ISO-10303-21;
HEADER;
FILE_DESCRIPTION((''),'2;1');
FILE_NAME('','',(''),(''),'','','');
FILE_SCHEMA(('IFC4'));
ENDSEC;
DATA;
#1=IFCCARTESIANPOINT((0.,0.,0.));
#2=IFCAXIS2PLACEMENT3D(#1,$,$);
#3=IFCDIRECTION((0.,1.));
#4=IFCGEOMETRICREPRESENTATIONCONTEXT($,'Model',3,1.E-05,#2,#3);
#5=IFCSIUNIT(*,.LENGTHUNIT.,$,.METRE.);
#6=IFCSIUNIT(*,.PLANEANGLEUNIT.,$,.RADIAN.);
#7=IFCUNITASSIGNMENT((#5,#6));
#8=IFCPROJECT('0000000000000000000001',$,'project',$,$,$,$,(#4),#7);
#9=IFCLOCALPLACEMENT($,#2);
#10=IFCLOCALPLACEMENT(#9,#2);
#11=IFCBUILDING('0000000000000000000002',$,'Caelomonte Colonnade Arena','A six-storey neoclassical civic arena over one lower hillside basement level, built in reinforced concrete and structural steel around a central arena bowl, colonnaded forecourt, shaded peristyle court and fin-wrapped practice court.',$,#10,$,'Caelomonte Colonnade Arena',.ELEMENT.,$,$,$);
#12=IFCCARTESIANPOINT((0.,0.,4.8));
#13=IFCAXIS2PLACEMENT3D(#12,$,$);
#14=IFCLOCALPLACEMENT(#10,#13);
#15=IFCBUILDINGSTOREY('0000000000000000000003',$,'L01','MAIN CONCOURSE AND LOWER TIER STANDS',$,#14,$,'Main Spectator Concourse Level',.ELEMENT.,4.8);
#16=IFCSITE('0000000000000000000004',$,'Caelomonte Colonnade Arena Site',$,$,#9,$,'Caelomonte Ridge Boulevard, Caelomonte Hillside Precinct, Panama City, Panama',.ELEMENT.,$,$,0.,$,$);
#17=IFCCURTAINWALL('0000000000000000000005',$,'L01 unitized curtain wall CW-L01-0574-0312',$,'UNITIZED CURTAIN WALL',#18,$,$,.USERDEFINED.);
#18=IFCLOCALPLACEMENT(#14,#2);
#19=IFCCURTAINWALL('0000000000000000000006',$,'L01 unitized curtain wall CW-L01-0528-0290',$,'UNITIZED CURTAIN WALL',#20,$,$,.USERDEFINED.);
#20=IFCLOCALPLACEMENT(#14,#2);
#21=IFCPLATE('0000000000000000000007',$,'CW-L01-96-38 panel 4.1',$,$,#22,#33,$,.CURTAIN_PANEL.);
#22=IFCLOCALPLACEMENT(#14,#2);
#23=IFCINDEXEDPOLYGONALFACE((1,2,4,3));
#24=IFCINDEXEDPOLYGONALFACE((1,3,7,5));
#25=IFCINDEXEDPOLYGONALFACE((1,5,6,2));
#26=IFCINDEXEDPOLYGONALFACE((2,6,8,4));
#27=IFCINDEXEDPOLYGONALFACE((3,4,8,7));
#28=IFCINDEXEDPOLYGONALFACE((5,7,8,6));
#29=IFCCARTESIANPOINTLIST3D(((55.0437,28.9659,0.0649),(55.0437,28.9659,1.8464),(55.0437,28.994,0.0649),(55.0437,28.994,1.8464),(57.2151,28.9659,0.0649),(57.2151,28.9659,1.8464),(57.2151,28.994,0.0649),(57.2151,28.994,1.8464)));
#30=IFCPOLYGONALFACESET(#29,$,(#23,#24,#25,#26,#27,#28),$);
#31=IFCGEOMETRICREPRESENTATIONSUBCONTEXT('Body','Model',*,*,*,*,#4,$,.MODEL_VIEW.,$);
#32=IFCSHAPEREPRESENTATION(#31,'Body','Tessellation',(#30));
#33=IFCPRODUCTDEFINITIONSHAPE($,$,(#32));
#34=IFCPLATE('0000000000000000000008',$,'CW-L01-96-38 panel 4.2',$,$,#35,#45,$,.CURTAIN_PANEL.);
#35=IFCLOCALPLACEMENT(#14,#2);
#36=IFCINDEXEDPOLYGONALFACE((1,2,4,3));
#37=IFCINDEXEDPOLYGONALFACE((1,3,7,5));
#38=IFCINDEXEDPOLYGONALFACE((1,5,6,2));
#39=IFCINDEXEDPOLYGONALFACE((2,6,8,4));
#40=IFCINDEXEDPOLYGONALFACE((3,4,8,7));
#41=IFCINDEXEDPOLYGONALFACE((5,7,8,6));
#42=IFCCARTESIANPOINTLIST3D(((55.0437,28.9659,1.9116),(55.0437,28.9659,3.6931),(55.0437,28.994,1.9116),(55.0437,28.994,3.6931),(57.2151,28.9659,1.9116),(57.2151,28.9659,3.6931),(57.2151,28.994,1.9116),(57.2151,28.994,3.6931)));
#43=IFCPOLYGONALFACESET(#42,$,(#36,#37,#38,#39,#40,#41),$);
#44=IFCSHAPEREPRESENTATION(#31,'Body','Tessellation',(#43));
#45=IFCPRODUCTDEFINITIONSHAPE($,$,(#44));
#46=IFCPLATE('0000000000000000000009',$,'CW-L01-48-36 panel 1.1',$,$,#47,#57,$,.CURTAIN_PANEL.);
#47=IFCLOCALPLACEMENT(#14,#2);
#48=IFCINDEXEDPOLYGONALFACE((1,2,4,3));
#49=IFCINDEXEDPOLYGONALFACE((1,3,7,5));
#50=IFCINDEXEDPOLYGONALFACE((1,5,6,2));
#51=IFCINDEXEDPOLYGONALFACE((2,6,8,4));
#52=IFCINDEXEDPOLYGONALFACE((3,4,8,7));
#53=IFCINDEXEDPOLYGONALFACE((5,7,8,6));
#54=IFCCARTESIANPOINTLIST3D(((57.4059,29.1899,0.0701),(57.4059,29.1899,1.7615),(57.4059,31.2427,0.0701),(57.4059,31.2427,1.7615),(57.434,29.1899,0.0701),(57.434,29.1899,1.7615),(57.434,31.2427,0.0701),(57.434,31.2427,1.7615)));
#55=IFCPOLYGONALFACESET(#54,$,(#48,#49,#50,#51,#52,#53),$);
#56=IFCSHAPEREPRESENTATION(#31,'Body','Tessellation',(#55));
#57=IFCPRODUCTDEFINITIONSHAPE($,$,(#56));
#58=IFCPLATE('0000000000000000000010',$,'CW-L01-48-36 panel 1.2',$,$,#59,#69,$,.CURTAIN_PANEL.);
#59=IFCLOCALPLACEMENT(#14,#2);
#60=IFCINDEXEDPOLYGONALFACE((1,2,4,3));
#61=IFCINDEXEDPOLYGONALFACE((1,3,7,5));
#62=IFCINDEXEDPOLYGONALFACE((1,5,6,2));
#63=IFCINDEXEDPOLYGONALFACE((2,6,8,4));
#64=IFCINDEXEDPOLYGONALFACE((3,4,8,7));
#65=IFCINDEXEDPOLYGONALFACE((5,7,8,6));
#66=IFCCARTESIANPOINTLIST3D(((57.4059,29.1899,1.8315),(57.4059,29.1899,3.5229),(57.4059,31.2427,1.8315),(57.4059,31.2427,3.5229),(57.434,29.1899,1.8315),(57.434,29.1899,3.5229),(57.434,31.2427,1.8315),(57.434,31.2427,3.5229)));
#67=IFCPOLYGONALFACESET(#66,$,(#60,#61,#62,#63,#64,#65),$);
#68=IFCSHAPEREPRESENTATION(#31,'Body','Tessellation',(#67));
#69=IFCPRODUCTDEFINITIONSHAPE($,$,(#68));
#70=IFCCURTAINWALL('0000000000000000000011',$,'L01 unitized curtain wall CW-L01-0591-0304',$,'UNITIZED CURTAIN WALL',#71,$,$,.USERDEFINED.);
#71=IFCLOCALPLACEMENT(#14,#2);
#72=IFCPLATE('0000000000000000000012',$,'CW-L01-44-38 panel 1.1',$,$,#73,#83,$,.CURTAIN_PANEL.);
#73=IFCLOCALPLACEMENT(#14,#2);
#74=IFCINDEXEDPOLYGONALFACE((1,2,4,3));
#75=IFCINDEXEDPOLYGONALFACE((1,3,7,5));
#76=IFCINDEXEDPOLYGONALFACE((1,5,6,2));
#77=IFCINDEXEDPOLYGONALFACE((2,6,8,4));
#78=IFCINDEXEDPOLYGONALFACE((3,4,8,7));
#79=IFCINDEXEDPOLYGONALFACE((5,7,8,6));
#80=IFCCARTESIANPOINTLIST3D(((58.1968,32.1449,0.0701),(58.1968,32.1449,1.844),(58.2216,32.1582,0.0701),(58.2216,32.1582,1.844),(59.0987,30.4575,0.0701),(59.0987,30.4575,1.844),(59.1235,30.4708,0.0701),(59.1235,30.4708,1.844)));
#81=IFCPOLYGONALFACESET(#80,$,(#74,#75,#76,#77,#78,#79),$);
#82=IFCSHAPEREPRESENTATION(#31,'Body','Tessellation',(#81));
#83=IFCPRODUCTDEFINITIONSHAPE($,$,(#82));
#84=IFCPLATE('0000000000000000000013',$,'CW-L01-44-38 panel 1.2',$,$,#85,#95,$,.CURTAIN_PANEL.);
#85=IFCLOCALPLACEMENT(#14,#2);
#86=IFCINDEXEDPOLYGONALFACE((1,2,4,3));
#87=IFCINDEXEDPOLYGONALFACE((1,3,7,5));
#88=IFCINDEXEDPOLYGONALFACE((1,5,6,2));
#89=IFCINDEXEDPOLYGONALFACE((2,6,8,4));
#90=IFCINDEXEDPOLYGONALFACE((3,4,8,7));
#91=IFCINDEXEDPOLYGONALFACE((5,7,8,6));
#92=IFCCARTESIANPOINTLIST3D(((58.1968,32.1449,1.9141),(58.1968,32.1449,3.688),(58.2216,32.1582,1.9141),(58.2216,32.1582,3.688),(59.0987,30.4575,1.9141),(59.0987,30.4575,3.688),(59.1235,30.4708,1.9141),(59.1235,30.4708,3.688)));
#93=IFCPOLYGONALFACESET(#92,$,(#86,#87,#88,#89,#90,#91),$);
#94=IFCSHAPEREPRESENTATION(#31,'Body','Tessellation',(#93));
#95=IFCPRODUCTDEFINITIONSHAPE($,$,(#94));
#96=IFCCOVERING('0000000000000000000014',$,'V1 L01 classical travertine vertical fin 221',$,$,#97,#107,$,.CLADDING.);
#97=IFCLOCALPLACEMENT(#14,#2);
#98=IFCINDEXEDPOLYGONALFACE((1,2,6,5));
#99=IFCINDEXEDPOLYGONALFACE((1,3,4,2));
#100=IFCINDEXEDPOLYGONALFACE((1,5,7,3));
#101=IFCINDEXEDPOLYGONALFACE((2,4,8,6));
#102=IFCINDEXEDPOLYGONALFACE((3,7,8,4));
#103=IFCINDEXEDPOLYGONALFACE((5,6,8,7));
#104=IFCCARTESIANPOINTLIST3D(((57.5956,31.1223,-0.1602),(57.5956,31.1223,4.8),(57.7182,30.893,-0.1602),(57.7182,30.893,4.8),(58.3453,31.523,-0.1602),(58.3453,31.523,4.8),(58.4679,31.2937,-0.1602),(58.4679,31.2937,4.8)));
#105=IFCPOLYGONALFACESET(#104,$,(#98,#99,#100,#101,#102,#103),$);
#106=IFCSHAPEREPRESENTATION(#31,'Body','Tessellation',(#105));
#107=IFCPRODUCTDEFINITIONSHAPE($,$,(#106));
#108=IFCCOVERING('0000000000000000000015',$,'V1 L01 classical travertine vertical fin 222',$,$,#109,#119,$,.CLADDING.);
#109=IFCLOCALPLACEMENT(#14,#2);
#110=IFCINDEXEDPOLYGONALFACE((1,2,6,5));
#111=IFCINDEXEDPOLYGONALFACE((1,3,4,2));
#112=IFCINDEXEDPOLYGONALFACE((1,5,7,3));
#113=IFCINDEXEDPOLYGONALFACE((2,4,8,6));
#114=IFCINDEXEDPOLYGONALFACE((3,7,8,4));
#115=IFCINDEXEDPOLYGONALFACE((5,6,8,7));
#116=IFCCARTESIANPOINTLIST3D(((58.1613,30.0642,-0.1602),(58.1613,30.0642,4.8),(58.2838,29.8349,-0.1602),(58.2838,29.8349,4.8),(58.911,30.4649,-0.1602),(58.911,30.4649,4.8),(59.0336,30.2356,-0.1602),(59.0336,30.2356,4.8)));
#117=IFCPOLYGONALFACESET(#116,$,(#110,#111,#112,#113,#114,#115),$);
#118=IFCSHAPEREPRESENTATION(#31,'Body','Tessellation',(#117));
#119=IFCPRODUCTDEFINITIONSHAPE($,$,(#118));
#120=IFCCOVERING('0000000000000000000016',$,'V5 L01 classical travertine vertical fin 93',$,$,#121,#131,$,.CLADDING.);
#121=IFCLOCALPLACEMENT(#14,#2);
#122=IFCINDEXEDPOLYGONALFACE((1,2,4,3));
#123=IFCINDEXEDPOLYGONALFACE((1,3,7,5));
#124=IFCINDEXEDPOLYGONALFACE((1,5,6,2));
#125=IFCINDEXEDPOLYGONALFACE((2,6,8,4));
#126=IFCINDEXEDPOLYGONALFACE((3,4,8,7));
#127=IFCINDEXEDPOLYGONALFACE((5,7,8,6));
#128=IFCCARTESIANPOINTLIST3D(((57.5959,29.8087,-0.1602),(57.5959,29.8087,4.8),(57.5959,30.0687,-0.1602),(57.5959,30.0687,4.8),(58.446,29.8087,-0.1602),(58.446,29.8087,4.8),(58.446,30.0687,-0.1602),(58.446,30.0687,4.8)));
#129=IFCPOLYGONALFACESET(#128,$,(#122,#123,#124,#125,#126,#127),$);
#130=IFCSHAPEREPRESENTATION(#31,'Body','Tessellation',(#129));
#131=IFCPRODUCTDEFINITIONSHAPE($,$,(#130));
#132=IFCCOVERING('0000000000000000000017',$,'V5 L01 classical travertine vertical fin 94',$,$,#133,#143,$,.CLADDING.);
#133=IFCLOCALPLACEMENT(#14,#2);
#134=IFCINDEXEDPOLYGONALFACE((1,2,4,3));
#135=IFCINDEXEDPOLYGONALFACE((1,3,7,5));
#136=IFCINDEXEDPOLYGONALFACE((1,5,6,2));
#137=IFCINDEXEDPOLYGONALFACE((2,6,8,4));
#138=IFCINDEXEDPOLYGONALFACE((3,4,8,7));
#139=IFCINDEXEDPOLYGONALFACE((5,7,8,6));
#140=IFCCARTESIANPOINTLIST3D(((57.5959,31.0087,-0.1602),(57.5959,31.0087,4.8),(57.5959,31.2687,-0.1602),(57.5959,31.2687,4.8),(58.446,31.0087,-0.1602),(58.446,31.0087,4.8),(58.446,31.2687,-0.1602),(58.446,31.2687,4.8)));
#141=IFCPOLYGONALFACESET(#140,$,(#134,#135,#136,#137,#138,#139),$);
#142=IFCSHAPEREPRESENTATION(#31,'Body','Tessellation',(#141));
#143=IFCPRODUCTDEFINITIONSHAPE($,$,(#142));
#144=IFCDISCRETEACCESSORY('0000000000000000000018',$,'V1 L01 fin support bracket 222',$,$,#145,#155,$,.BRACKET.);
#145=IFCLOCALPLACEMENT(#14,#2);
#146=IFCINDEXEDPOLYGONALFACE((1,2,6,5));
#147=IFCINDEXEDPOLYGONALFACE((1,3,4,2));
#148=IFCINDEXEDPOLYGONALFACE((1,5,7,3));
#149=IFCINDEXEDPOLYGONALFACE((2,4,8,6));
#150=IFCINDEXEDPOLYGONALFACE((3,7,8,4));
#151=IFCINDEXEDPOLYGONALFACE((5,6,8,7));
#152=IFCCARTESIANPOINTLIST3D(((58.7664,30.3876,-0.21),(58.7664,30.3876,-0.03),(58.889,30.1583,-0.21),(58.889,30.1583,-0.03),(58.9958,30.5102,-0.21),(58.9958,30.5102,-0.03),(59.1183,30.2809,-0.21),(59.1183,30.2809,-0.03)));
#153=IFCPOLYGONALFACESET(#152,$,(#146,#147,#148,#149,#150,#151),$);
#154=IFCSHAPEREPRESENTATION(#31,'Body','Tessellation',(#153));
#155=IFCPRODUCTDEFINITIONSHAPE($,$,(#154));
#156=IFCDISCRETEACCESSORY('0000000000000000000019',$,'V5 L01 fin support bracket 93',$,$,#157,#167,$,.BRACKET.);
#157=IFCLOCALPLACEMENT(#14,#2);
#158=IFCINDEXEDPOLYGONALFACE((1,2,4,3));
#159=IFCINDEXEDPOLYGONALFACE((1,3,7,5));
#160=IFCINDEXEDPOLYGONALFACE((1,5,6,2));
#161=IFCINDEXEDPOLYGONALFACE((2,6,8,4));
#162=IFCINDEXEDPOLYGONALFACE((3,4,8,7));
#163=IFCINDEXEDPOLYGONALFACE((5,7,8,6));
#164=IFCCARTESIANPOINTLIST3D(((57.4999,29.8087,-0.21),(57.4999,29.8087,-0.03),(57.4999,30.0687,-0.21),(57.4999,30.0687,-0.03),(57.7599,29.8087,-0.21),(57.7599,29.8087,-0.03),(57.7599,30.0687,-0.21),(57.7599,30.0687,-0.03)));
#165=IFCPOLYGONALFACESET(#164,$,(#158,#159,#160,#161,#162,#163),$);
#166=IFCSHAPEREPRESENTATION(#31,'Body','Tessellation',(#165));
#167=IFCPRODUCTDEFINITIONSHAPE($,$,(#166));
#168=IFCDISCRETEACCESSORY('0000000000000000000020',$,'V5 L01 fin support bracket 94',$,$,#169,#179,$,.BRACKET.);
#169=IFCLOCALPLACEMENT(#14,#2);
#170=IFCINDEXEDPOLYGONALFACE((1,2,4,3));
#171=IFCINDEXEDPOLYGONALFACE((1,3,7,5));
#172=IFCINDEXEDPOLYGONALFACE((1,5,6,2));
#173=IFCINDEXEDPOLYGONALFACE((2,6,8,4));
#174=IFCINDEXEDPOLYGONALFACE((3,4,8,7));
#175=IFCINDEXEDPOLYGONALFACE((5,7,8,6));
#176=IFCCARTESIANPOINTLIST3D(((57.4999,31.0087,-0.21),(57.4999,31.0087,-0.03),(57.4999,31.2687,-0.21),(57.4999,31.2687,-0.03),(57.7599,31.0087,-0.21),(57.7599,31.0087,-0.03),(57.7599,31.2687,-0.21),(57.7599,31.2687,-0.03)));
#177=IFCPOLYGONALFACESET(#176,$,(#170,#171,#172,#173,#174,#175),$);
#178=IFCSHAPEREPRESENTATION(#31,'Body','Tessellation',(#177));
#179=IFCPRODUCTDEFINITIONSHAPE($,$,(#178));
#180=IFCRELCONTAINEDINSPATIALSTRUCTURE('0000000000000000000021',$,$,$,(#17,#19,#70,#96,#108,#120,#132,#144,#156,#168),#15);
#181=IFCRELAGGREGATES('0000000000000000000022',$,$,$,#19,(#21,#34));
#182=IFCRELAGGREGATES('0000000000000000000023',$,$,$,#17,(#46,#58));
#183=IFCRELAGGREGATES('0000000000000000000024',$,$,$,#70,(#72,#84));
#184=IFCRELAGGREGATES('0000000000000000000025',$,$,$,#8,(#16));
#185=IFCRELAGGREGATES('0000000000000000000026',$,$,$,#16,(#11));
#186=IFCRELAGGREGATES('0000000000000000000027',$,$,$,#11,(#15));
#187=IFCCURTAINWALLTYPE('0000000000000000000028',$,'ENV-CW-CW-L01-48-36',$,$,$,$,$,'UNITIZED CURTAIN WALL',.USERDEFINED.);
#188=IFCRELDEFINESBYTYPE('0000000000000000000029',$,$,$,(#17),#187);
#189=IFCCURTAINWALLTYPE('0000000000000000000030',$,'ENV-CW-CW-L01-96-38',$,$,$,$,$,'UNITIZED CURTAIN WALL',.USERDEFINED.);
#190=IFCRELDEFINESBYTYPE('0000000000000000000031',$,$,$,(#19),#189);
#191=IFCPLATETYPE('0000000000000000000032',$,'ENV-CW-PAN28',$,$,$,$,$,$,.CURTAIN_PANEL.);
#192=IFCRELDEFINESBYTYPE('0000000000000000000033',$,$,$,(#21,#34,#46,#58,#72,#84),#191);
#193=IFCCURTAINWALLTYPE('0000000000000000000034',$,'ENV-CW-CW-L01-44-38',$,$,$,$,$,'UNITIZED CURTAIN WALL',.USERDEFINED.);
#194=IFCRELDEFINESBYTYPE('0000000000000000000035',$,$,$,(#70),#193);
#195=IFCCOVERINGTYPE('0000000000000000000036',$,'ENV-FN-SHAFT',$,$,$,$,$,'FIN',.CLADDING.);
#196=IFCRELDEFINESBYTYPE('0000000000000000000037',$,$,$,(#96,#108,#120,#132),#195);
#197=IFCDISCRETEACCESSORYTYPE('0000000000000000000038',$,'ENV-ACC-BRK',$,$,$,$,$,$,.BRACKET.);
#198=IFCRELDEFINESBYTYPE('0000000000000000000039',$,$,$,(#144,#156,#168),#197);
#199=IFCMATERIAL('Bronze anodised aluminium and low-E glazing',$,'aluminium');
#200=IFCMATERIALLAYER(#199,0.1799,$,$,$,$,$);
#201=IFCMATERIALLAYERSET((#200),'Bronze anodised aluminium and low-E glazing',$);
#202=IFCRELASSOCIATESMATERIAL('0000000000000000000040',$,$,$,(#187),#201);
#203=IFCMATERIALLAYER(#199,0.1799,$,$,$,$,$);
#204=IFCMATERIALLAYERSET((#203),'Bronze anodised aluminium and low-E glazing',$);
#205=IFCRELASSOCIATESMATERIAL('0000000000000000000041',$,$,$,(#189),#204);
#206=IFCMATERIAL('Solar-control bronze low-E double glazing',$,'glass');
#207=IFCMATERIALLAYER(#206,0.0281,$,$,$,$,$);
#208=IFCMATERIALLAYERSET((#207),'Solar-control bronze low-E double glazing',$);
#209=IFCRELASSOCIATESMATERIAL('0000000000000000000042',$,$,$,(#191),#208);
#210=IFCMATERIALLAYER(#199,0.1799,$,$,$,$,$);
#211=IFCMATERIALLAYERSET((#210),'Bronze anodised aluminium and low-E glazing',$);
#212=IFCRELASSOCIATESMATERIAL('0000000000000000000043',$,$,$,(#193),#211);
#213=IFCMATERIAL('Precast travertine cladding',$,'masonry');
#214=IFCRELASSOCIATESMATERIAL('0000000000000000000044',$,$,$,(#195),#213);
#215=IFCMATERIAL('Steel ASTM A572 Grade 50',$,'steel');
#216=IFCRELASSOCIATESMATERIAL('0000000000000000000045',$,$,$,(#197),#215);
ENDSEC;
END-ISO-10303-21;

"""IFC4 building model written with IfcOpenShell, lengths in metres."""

from ifc_helpers import new_model, si_unit, direction, frame, origin, origin_2d, place, context, subcontext, project, spatial, rectangle, extrude, material, layer, layer_set, material_profile, profile_set, type_object, element, aggregate, save


model = new_model("IFC4")

# Units and contexts
model_context = context("Model", 3, precision=1e-05, world=origin(), true_north=direction((0.0, 1.0)))
body_context = subcontext(model_context, "Body", "Model", "MODEL_VIEW")
ifc_project = project(units=[si_unit("LENGTHUNIT", "METRE"), si_unit("PLANEANGLEUNIT", "RADIAN")], contexts=[model_context])

# Site, building, storey
site_placement = place(None, origin())
site = spatial("IfcSite", under=ifc_project, at=site_placement, Name="Caelomonte Colonnade Arena Site", LongName="Caelomonte Ridge Boulevard, Caelomonte Hillside Precinct, Panama City, Panama", CompositionType="ELEMENT", RefElevation=0.0)
building_placement = place(site_placement, origin())
building = spatial("IfcBuilding", under=site, at=building_placement, Name="Caelomonte Colonnade Arena", Description="A six-storey neoclassical civic arena over one lower hillside basement level, built in reinforced concrete and structural steel around a central arena bowl, colonnaded forecourt, shaded peristyle court and fin-wrapped practice court.", LongName="Caelomonte Colonnade Arena", CompositionType="ELEMENT")
storey_placement = place(building_placement, frame((0.0, 0.0, 4.8)))
storey = spatial("IfcBuildingStorey", under=building, at=storey_placement, Name="L01", Description="MAIN CONCOURSE AND LOWER TIER STANDS", LongName="Main Spectator Concourse Level", CompositionType="ELEMENT", Elevation=4.8)

# Curtain walls
ifc_material_1 = material(Name="Bronze anodised aluminium and low-E glazing", Category="aluminium")
ifc_layer_1 = layer(ifc_material_1, 0.1799)
ifc_layer_set_1 = layer_set([ifc_layer_1], Name="Bronze anodised aluminium and low-E glazing")
curtain_wall_type_1 = type_object("IfcCurtainWallType", Name="ENV-CW-CW-L01-48-36", ElementType="UNITIZED CURTAIN WALL", PredefinedType="USERDEFINED", material=ifc_layer_set_1)
curtain_wall_1_placement = place(storey_placement, origin())
curtain_wall_1 = element("IfcCurtainWall", 1, at=curtain_wall_1_placement, inside=storey, type_object=curtain_wall_type_1, Name="L01 unitized curtain wall CW-L01-0574-0312", ObjectType="UNITIZED CURTAIN WALL", PredefinedType="USERDEFINED")
ifc_layer_2 = layer(ifc_material_1, 0.1799)
ifc_layer_set_2 = layer_set([ifc_layer_2], Name="Bronze anodised aluminium and low-E glazing")
curtain_wall_type_2 = type_object("IfcCurtainWallType", Name="ENV-CW-CW-L01-96-38", ElementType="UNITIZED CURTAIN WALL", PredefinedType="USERDEFINED", material=ifc_layer_set_2)
curtain_wall_2_placement = place(storey_placement, origin())
curtain_wall_2 = element("IfcCurtainWall", 2, at=curtain_wall_2_placement, inside=storey, type_object=curtain_wall_type_2, Name="L01 unitized curtain wall CW-L01-0528-0290", ObjectType="UNITIZED CURTAIN WALL", PredefinedType="USERDEFINED")

# Plates
ifc_material_2 = material(Name="Solar-control bronze low-E double glazing", Category="glass")
ifc_layer_3 = layer(ifc_material_2, 0.0281)
ifc_layer_set_3 = layer_set([ifc_layer_3], Name="Solar-control bronze low-E double glazing")
plate_type = type_object("IfcPlateType", Name="ENV-CW-PAN28", PredefinedType="CURTAIN_PANEL", material=ifc_layer_set_3)
plate_1_placement = place(storey_placement, frame((56.1294, 28.98, 0.0649), z_axis=(0.0, 0.0, 1.0), x_axis=(1.0, 0.0, 0.0)))
plate_1 = element("IfcPlate", 3, at=plate_1_placement, type_object=plate_type, Name="CW-L01-96-38 panel 4.1", PredefinedType="CURTAIN_PANEL", context=body_context, shape_type="SweptSolid", body=[
    extrude(rectangle(XDim=2.1714, YDim=0.0281, at=origin_2d()), origin(), (0.0, 0.0, 1.0), 1.7815),
])
plate_2_placement = place(storey_placement, frame((56.1294, 28.98, 1.9116), z_axis=(0.0, 0.0, 1.0), x_axis=(1.0, 0.0, 0.0)))
plate_2 = element("IfcPlate", 4, at=plate_2_placement, type_object=plate_type, Name="CW-L01-96-38 panel 4.2", PredefinedType="CURTAIN_PANEL", context=body_context, shape_type="SweptSolid", body=[
    extrude(rectangle(XDim=2.1714, YDim=0.0281, at=origin_2d()), origin(), (0.0, 0.0, 1.0), 1.7815),
])
aggregate(curtain_wall_2, [plate_1, plate_2])
plate_3_placement = place(storey_placement, frame((57.4199, 30.2163, 0.0701), z_axis=(0.0, 0.0, 1.0), x_axis=(0.0, 1.0, 0.0)))
plate_3 = element("IfcPlate", 5, at=plate_3_placement, type_object=plate_type, Name="CW-L01-48-36 panel 1.1", PredefinedType="CURTAIN_PANEL", context=body_context, shape_type="SweptSolid", body=[
    extrude(rectangle(XDim=2.0527, YDim=0.0281, at=origin_2d()), origin(), (0.0, 0.0, 1.0), 1.6914),
])
plate_4_placement = place(storey_placement, frame((57.4199, 30.2163, 1.8315), z_axis=(0.0, 0.0, 1.0), x_axis=(0.0, 1.0, 0.0)))
plate_4 = element("IfcPlate", 6, at=plate_4_placement, type_object=plate_type, Name="CW-L01-48-36 panel 1.2", PredefinedType="CURTAIN_PANEL", context=body_context, shape_type="SweptSolid", body=[
    extrude(rectangle(XDim=2.0527, YDim=0.0281, at=origin_2d()), origin(), (0.0, 0.0, 1.0), 1.6914),
])
aggregate(curtain_wall_1, [plate_3, plate_4])

# Curtain wall, plates
ifc_layer_4 = layer(ifc_material_1, 0.1799)
ifc_layer_set_4 = layer_set([ifc_layer_4], Name="Bronze anodised aluminium and low-E glazing")
curtain_wall_type_3 = type_object("IfcCurtainWallType", Name="ENV-CW-CW-L01-44-38", ElementType="UNITIZED CURTAIN WALL", PredefinedType="USERDEFINED", material=ifc_layer_set_4)
curtain_wall_3_placement = place(storey_placement, origin())
curtain_wall_3 = element("IfcCurtainWall", 7, at=curtain_wall_3_placement, inside=storey, type_object=curtain_wall_type_3, Name="L01 unitized curtain wall CW-L01-0591-0304", ObjectType="UNITIZED CURTAIN WALL", PredefinedType="USERDEFINED")
plate_5_placement = place(storey_placement, frame((58.6602, 31.3079, 0.0701), z_axis=(0.0, 0.0, 1.0), x_axis=(0.471394, -0.881923, 0.0)))
plate_5 = element("IfcPlate", 8, at=plate_5_placement, type_object=plate_type, Name="CW-L01-44-38 panel 1.1", PredefinedType="CURTAIN_PANEL", context=body_context, shape_type="SweptSolid", body=[
    extrude(rectangle(XDim=1.9133, YDim=0.0281, at=origin_2d()), origin(), (0.0, 0.0, 1.0), 1.7739),
])
plate_6_placement = place(storey_placement, frame((58.6602, 31.3079, 1.9141), z_axis=(0.0, 0.0, 1.0), x_axis=(0.471394, -0.881923, 0.0)))
plate_6 = element("IfcPlate", 9, at=plate_6_placement, type_object=plate_type, Name="CW-L01-44-38 panel 1.2", PredefinedType="CURTAIN_PANEL", context=body_context, shape_type="SweptSolid", body=[
    extrude(rectangle(XDim=1.9133, YDim=0.0281, at=origin_2d()), origin(), (0.0, 0.0, 1.0), 1.7739),
])
aggregate(curtain_wall_3, [plate_5, plate_6])

# Coverings
ifc_material_3 = material(Name="Precast travertine cladding", Category="masonry")
ifc_material_profile_1 = material_profile(ifc_material_3, rectangle(XDim=0.26, YDim=0.8501, at=origin_2d()), Name="FIN260X850")
ifc_profile_set_1 = profile_set([ifc_material_profile_1], Name="Precast travertine cladding")
covering_type = type_object("IfcCoveringType", Name="ENV-FN-SHAFT", ElementType="FIN", PredefinedType="CLADDING", material=ifc_profile_set_1)
for number, where, z_axis, x_axis, name in (
    (10, (58.0317, 31.208, -0.1602), (0.0, 0.0, 1.0), (-0.471397, 0.881921, 0.0), "V1 L01 classical travertine vertical fin 221"),
    (11, (58.5974, 30.1499, -0.1602), (0.0, 0.0, 1.0), (-0.471397, 0.881921, 0.0), "V1 L01 classical travertine vertical fin 222"),
    (12, (58.021, 29.9387, -0.1602), (0.0, 0.0, 1.0), (0.0, -1.0, 0.0), "V5 L01 classical travertine vertical fin 93"),
    (13, (58.021, 31.1387, -0.1602), (0.0, 0.0, 1.0), (0.0, -1.0, 0.0), "V5 L01 classical travertine vertical fin 94"),
):
    element("IfcCovering", number, at=place(storey_placement, frame(where, z_axis=z_axis, x_axis=x_axis)), inside=storey, type_object=covering_type, Name=name, PredefinedType="CLADDING", context=body_context, shape_type="SweptSolid", body=[
        extrude(rectangle(XDim=0.26, YDim=0.8501, at=origin_2d()), origin(), (0.0, 0.0, 1.0), 4.9602),
    ])

# Discrete accessories
ifc_material_4 = material(Name="Steel ASTM A572 Grade 50", Category="steel")
discrete_accessory_type = type_object("IfcDiscreteAccessoryType", Name="ENV-ACC-BRK", PredefinedType="BRACKET", material=ifc_material_4)
for number, where, z_axis, x_axis, name in (
    (14, (58.9424, 30.3342, -0.21), (0.0, 0.0, 1.0), (0.471397, -0.881921, 0.0), "V1 L01 fin support bracket 222"),
    (15, (57.6299, 29.9387, -0.21), (0.0, 0.0, 1.0), (0.0, 1.0, 0.0), "V5 L01 fin support bracket 93"),
    (16, (57.6299, 31.1387, -0.21), (0.0, 0.0, 1.0), (0.0, 1.0, 0.0), "V5 L01 fin support bracket 94"),
):
    element("IfcDiscreteAccessory", number, at=place(storey_placement, frame(where, z_axis=z_axis, x_axis=x_axis)), inside=storey, type_object=discrete_accessory_type, Name=name, PredefinedType="BRACKET", context=body_context, shape_type="SweptSolid", body=[
        extrude(rectangle(XDim=0.26, YDim=0.26, at=origin_2d()), origin(), (0.0, 0.0, 1.0), 0.1799),
    ])

save(model, "model.ifc")
